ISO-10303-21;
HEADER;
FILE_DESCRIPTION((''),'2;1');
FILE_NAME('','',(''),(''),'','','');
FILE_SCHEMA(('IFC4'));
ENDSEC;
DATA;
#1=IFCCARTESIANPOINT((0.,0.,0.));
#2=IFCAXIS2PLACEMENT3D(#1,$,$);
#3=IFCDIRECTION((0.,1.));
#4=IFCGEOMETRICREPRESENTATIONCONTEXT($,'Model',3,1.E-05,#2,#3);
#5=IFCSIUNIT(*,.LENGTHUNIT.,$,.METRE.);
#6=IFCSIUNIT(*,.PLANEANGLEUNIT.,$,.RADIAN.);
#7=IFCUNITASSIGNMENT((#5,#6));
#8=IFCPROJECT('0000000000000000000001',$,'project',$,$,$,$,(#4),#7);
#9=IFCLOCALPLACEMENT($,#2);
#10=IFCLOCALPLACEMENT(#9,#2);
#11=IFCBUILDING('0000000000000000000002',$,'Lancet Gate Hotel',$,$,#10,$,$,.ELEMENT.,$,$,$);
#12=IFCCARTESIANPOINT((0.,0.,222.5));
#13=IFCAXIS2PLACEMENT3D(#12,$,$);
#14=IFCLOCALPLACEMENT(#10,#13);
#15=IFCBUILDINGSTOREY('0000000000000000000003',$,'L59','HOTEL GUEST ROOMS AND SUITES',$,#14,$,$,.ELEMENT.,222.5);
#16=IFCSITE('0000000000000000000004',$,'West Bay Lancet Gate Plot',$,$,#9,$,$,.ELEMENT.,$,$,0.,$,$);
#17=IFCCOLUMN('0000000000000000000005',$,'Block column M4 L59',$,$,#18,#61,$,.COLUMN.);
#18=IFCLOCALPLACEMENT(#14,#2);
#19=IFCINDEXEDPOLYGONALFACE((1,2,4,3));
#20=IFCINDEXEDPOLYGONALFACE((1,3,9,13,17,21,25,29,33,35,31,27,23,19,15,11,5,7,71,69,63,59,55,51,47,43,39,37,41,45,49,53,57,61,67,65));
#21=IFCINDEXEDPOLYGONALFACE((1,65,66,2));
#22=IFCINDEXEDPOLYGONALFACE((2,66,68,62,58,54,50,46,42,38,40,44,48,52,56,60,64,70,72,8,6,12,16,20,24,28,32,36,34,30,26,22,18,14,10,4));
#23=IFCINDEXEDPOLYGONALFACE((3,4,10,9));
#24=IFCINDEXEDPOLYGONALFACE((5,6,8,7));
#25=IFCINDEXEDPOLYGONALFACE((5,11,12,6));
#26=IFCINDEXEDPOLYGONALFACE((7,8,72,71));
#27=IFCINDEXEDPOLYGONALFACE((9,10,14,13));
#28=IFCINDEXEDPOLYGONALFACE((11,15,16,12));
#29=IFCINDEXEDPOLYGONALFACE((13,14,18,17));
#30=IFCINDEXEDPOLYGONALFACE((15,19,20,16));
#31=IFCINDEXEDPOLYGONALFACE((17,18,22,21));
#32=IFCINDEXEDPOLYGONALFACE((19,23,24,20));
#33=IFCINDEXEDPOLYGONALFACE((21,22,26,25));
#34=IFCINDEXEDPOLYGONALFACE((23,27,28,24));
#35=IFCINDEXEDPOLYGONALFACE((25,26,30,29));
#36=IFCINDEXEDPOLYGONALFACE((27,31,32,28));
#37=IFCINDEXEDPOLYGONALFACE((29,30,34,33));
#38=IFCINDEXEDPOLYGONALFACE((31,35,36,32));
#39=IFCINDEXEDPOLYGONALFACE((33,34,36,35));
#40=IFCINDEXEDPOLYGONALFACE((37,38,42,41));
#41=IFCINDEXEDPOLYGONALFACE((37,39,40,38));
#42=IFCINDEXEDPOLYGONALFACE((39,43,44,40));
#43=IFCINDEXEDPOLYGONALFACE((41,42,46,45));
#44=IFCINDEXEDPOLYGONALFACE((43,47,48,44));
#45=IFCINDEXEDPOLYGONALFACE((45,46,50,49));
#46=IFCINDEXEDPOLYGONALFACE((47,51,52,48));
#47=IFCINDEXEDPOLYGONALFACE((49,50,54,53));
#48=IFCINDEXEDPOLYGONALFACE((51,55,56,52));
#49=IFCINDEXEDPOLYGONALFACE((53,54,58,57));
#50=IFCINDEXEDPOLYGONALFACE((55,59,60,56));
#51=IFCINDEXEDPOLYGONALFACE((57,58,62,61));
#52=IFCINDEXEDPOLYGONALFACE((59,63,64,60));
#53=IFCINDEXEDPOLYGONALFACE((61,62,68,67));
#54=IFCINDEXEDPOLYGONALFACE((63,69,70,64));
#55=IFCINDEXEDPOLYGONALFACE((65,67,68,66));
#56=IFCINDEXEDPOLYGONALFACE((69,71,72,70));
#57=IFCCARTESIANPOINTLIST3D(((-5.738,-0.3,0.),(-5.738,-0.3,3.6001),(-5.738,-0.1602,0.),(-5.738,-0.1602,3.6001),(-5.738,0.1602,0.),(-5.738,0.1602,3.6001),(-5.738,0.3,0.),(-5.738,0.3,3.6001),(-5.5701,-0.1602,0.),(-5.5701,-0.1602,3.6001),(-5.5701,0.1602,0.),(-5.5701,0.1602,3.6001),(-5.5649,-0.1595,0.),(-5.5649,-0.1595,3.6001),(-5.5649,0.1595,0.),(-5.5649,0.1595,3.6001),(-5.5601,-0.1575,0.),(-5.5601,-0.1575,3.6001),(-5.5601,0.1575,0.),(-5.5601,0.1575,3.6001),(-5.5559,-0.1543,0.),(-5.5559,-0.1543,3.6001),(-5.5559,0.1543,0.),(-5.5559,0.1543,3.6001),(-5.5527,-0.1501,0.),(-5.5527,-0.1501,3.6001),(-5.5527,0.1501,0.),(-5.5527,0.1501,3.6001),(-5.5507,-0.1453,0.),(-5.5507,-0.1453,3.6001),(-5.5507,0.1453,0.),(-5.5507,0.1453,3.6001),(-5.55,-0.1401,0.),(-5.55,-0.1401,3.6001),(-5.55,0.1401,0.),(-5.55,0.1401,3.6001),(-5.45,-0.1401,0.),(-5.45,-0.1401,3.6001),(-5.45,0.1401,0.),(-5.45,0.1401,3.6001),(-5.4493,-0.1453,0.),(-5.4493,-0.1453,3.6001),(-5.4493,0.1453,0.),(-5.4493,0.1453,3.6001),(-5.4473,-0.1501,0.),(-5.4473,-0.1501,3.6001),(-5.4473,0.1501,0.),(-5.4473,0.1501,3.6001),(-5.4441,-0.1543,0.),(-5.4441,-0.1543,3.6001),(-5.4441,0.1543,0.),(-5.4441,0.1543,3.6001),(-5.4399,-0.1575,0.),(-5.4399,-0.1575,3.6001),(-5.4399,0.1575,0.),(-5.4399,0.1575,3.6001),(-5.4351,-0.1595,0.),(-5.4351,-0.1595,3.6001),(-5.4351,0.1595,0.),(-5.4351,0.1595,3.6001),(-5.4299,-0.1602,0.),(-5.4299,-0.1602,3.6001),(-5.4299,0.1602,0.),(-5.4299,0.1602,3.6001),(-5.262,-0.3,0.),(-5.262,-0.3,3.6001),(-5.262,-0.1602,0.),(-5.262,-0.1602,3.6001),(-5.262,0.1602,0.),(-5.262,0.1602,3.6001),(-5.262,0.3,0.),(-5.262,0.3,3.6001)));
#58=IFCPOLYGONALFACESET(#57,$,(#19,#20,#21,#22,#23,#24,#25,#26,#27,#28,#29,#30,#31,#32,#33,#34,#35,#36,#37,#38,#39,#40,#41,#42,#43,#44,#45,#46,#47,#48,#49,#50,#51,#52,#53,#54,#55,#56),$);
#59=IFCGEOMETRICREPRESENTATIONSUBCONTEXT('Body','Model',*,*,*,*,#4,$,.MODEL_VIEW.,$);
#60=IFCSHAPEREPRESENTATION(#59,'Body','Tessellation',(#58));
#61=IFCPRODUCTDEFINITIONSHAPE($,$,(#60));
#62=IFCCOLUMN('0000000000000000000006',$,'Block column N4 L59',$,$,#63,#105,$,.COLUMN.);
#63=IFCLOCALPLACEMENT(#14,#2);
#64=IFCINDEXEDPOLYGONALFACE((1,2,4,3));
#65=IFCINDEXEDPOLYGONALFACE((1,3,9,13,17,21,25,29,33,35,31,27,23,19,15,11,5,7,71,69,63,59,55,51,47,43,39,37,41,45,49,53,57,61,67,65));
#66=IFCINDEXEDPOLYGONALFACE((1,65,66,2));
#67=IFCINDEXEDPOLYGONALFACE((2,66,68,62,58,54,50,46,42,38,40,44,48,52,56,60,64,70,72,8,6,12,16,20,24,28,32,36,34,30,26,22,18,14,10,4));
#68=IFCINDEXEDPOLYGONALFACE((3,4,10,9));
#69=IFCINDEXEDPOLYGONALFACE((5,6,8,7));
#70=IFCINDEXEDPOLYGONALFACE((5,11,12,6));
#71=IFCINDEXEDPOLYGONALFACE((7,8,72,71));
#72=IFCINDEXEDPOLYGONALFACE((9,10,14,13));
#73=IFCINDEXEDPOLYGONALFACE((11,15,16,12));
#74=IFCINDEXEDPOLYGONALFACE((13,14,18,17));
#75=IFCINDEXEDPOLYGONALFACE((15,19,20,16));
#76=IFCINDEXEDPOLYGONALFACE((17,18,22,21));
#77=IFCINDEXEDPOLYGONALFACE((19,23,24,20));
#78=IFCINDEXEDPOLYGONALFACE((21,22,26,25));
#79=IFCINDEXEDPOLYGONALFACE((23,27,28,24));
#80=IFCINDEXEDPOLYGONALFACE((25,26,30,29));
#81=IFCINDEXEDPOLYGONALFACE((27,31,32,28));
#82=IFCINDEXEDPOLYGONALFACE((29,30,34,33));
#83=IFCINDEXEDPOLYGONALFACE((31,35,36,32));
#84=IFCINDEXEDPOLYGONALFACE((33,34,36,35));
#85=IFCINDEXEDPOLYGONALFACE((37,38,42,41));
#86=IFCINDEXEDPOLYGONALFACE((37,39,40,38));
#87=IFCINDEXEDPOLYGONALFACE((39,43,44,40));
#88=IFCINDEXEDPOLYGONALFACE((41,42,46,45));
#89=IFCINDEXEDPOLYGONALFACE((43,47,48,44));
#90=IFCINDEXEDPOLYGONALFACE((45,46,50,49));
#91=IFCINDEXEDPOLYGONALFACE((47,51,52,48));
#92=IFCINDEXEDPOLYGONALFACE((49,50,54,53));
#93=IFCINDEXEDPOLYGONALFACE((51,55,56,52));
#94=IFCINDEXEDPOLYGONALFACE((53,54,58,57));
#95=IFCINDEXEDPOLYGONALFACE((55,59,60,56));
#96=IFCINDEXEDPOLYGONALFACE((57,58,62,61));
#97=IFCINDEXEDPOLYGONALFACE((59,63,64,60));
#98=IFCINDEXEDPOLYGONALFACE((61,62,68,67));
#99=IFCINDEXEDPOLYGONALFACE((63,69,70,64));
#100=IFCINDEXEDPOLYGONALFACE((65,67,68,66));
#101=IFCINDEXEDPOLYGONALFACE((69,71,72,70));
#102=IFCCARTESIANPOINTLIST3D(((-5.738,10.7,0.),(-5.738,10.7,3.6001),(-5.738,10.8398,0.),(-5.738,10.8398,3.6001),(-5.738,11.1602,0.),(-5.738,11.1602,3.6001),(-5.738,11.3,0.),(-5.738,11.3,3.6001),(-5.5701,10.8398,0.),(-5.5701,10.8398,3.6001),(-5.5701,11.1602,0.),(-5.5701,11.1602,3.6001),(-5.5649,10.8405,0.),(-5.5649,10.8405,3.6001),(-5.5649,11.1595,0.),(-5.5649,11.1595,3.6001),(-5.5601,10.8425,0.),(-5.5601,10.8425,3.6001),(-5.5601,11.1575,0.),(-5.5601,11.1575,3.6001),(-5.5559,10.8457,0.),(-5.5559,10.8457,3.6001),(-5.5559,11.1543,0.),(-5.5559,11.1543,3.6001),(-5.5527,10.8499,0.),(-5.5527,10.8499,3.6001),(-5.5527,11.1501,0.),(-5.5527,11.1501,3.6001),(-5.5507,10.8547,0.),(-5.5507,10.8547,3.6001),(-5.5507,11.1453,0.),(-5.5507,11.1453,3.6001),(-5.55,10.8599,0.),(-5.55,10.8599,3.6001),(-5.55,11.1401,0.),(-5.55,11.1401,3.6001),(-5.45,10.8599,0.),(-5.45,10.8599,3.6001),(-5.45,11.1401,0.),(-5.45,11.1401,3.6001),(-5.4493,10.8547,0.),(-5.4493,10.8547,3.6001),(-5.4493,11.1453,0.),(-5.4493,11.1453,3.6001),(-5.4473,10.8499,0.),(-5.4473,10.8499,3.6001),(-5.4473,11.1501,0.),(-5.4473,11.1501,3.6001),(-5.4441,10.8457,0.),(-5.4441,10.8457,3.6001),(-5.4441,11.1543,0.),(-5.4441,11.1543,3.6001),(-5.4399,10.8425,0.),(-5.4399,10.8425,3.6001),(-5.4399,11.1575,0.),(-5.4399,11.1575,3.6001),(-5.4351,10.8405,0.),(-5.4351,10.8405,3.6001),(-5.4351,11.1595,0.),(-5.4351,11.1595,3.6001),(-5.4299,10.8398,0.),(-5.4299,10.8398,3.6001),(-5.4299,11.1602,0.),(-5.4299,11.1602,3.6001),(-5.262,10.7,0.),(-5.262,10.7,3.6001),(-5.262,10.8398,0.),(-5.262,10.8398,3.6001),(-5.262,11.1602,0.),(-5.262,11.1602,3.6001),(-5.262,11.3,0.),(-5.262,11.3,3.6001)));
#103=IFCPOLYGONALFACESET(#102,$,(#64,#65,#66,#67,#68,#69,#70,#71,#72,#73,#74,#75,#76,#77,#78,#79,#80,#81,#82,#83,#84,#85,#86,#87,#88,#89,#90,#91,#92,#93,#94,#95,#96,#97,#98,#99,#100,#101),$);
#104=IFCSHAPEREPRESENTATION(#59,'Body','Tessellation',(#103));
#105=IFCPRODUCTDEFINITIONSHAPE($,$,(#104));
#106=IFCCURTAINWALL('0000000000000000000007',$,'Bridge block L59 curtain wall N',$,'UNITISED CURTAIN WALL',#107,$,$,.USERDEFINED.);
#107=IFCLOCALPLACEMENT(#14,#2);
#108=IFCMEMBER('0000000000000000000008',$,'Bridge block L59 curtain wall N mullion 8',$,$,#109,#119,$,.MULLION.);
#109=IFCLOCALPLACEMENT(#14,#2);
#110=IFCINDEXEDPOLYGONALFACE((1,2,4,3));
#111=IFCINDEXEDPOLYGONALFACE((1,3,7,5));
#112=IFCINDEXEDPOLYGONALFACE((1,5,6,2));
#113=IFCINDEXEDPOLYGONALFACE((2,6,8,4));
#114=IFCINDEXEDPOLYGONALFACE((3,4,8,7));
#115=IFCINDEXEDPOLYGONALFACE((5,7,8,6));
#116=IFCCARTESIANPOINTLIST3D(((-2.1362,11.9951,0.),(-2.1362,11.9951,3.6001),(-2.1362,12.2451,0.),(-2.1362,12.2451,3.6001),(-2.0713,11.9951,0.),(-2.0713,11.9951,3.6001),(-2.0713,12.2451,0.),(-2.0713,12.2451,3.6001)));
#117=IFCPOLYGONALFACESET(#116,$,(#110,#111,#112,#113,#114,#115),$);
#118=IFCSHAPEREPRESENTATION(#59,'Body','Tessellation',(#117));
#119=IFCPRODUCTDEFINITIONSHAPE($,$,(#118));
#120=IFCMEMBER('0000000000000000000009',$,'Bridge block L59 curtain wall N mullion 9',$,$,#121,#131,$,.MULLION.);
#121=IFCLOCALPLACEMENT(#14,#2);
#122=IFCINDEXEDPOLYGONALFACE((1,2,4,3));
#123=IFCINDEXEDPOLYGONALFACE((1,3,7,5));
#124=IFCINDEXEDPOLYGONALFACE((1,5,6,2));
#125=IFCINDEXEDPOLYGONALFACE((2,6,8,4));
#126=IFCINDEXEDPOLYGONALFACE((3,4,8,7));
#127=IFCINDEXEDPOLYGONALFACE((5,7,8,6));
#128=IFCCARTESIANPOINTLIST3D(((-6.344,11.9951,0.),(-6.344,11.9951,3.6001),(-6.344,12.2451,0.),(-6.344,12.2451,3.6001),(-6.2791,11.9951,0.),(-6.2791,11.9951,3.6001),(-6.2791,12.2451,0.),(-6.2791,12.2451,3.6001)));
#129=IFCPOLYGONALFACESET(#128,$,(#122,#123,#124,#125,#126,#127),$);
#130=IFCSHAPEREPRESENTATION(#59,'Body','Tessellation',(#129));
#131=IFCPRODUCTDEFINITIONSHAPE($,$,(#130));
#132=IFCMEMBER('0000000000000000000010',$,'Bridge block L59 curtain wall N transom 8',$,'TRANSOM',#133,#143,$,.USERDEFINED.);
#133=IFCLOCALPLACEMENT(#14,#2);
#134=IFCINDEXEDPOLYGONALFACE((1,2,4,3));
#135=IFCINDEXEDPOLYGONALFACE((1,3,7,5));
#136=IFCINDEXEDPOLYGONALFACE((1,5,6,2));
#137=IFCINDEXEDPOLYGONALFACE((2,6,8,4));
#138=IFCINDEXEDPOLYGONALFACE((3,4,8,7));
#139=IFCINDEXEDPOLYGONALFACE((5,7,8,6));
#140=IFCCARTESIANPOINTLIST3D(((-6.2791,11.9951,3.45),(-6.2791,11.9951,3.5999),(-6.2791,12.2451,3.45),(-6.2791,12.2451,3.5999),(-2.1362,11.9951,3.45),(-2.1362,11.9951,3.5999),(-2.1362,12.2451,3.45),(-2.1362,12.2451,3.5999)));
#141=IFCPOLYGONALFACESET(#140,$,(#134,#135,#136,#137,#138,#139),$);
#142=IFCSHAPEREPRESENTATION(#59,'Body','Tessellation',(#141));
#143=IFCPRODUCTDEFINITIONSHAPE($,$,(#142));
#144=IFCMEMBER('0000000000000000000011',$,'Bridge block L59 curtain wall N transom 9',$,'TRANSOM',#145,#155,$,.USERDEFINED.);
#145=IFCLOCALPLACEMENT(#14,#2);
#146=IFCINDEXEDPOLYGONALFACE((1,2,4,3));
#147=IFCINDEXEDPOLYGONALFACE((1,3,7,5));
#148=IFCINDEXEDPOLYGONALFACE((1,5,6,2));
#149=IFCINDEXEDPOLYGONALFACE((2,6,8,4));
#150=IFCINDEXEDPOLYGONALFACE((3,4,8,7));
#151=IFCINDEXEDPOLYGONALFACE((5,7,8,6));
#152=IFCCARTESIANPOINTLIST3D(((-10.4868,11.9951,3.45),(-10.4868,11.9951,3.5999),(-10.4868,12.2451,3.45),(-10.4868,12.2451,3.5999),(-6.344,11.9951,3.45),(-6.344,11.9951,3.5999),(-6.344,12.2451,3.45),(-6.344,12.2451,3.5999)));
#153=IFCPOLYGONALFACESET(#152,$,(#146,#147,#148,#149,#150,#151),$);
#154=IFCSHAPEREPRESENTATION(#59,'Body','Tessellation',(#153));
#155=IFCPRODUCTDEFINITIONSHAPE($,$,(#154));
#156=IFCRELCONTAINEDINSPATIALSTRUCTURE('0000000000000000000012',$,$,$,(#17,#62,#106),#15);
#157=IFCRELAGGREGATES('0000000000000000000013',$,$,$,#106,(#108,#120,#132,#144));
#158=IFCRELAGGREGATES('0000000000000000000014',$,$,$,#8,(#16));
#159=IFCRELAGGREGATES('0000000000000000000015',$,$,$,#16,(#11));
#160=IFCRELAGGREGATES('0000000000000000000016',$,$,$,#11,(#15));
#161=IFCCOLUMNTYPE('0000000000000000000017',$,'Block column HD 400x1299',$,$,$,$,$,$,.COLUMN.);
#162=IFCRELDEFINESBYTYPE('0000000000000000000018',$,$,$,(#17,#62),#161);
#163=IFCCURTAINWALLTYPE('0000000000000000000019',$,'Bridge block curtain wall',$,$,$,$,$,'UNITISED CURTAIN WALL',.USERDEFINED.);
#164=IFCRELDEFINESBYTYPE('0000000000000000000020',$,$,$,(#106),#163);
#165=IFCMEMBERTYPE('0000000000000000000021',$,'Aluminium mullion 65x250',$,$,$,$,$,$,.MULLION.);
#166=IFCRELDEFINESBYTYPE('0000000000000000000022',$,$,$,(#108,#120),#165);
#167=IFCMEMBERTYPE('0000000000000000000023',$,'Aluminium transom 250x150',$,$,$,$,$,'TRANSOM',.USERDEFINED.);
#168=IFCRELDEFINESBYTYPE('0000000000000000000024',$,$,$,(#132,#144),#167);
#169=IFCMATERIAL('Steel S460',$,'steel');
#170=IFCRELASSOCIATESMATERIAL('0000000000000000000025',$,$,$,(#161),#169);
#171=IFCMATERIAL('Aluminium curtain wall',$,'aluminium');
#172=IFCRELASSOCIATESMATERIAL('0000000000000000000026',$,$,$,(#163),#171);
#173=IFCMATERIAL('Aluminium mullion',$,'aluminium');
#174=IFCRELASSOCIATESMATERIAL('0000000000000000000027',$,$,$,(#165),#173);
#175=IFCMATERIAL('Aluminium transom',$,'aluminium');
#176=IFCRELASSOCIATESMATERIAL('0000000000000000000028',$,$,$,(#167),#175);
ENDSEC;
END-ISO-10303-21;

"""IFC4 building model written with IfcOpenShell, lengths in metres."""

from ifc_helpers import new_model, si_unit, direction, frame, origin, origin_2d, place, context, subcontext, project, spatial, rectangle, i_section, extrude, material, material_profile, profile_set, type_object, element, aggregate, save


model = new_model("IFC4")

# Units and contexts
model_context = context("Model", 3, precision=1e-05, world=origin(), true_north=direction((0.0, 1.0)))
body_context = subcontext(model_context, "Body", "Model", "MODEL_VIEW")
ifc_project = project(units=[si_unit("LENGTHUNIT", "METRE"), si_unit("PLANEANGLEUNIT", "RADIAN")], contexts=[model_context])

# Site, building, storey
site_placement = place(None, origin())
site = spatial("IfcSite", under=ifc_project, at=site_placement, Name="West Bay Lancet Gate Plot", CompositionType="ELEMENT", RefElevation=0.0)
building_placement = place(site_placement, origin())
building = spatial("IfcBuilding", under=site, at=building_placement, Name="Lancet Gate Hotel", CompositionType="ELEMENT")
storey_placement = place(building_placement, frame((0.0, 0.0, 222.5)))
storey = spatial("IfcBuildingStorey", under=building, at=storey_placement, Name="L59", Description="HOTEL GUEST ROOMS AND SUITES", CompositionType="ELEMENT", Elevation=222.5)

# Columns
ifc_material_1 = material(Name="Steel S460", Category="steel")
ifc_material_profile_1 = material_profile(ifc_material_1, i_section(OverallWidth=0.4761, OverallDepth=0.6001, WebThickness=0.1001, FlangeThickness=0.1399, FilletRadius=0.02, at=origin_2d()), Name="HD 400x1299")
ifc_profile_set_1 = profile_set([ifc_material_profile_1], Name="Steel S460")
column_type = type_object("IfcColumnType", Name="Block column HD 400x1299", PredefinedType="COLUMN", material=ifc_profile_set_1)
for number, where, z_axis, x_axis, name in (
    (1, (-5.5, 0.0, 0.0), (0.0, 0.0, 1.0), (1.0, 0.0, 0.0), "Block column M4 L59"),
    (2, (-5.5, 11.0, 0.0), (0.0, 0.0, 1.0), (1.0, 0.0, 0.0), "Block column N4 L59"),
):
    element("IfcColumn", number, at=place(storey_placement, frame(where, z_axis=z_axis, x_axis=x_axis)), inside=storey, type_object=column_type, Name=name, PredefinedType="COLUMN", context=body_context, shape_type="SweptSolid", body=[
        extrude(i_section(OverallWidth=0.4761, OverallDepth=0.6001, WebThickness=0.1001, FlangeThickness=0.1399, FilletRadius=0.02, at=origin_2d()), origin(), (0.0, 0.0, 1.0), 3.6001),
    ])

# Curtain wall, members
ifc_material_2 = material(Name="Aluminium curtain wall", Category="aluminium")
curtain_wall_type = type_object("IfcCurtainWallType", Name="Bridge block curtain wall", ElementType="UNITISED CURTAIN WALL", PredefinedType="USERDEFINED", material=ifc_material_2)
curtain_wall_placement = place(storey_placement, origin())
curtain_wall = element("IfcCurtainWall", 3, at=curtain_wall_placement, inside=storey, type_object=curtain_wall_type, Name="Bridge block L59 curtain wall N", ObjectType="UNITISED CURTAIN WALL", PredefinedType="USERDEFINED")
ifc_material_3 = material(Name="Aluminium mullion", Category="aluminium")
ifc_material_profile_2 = material_profile(ifc_material_3, rectangle(XDim=0.0649, YDim=0.25, at=origin_2d()), Name="MULLION 65x250")
ifc_profile_set_2 = profile_set([ifc_material_profile_2], Name="Aluminium mullion")
member_type_1 = type_object("IfcMemberType", Name="Aluminium mullion 65x250", PredefinedType="MULLION", material=ifc_profile_set_2)
member_1_placement = place(storey_placement, frame((-2.1038, 12.1201, 0.0), z_axis=(0.0, 0.0, 1.0), x_axis=(-1.0, 0.0, 0.0)))
member_1 = element("IfcMember", 4, at=member_1_placement, type_object=member_type_1, Name="Bridge block L59 curtain wall N mullion 8", PredefinedType="MULLION", context=body_context, shape_type="SweptSolid", body=[
    extrude(rectangle(XDim=0.0649, YDim=0.25, at=origin_2d()), origin(), (0.0, 0.0, 1.0), 3.6001),
])
member_2_placement = place(storey_placement, frame((-6.3115, 12.1201, 0.0), z_axis=(0.0, 0.0, 1.0), x_axis=(-1.0, 0.0, 0.0)))
member_2 = element("IfcMember", 5, at=member_2_placement, type_object=member_type_1, Name="Bridge block L59 curtain wall N mullion 9", PredefinedType="MULLION", context=body_context, shape_type="SweptSolid", body=[
    extrude(rectangle(XDim=0.0649, YDim=0.25, at=origin_2d()), origin(), (0.0, 0.0, 1.0), 3.6001),
])
ifc_material_4 = material(Name="Aluminium transom", Category="aluminium")
ifc_material_profile_3 = material_profile(ifc_material_4, rectangle(XDim=0.25, YDim=0.1499, at=origin_2d()), Name="TRANSOM 250x150")
ifc_profile_set_3 = profile_set([ifc_material_profile_3], Name="Aluminium transom")
member_type_2 = type_object("IfcMemberType", Name="Aluminium transom 250x150", ElementType="TRANSOM", PredefinedType="USERDEFINED", material=ifc_profile_set_3)
member_3_placement = place(storey_placement, frame((-2.1362, 12.1201, 3.5249), z_axis=(-1.0, 0.0, 0.0), x_axis=(0.0, -1.0, 0.0)))
member_3 = element("IfcMember", 6, at=member_3_placement, type_object=member_type_2, Name="Bridge block L59 curtain wall N transom 8", ObjectType="TRANSOM", PredefinedType="USERDEFINED", context=body_context, shape_type="SweptSolid", body=[
    extrude(rectangle(XDim=0.25, YDim=0.1499, at=origin_2d()), origin(), (0.0, 0.0, 1.0), 4.1428),
])
member_4_placement = place(storey_placement, frame((-6.344, 12.1201, 3.5249), z_axis=(-1.0, 0.0, 0.0), x_axis=(0.0, -1.0, 0.0)))
member_4 = element("IfcMember", 7, at=member_4_placement, type_object=member_type_2, Name="Bridge block L59 curtain wall N transom 9", ObjectType="TRANSOM", PredefinedType="USERDEFINED", context=body_context, shape_type="SweptSolid", body=[
    extrude(rectangle(XDim=0.25, YDim=0.1499, at=origin_2d()), origin(), (0.0, 0.0, 1.0), 4.1428),
])

aggregate(curtain_wall, [member_1, member_2, member_3, member_4])

save(model, "model.ifc")
